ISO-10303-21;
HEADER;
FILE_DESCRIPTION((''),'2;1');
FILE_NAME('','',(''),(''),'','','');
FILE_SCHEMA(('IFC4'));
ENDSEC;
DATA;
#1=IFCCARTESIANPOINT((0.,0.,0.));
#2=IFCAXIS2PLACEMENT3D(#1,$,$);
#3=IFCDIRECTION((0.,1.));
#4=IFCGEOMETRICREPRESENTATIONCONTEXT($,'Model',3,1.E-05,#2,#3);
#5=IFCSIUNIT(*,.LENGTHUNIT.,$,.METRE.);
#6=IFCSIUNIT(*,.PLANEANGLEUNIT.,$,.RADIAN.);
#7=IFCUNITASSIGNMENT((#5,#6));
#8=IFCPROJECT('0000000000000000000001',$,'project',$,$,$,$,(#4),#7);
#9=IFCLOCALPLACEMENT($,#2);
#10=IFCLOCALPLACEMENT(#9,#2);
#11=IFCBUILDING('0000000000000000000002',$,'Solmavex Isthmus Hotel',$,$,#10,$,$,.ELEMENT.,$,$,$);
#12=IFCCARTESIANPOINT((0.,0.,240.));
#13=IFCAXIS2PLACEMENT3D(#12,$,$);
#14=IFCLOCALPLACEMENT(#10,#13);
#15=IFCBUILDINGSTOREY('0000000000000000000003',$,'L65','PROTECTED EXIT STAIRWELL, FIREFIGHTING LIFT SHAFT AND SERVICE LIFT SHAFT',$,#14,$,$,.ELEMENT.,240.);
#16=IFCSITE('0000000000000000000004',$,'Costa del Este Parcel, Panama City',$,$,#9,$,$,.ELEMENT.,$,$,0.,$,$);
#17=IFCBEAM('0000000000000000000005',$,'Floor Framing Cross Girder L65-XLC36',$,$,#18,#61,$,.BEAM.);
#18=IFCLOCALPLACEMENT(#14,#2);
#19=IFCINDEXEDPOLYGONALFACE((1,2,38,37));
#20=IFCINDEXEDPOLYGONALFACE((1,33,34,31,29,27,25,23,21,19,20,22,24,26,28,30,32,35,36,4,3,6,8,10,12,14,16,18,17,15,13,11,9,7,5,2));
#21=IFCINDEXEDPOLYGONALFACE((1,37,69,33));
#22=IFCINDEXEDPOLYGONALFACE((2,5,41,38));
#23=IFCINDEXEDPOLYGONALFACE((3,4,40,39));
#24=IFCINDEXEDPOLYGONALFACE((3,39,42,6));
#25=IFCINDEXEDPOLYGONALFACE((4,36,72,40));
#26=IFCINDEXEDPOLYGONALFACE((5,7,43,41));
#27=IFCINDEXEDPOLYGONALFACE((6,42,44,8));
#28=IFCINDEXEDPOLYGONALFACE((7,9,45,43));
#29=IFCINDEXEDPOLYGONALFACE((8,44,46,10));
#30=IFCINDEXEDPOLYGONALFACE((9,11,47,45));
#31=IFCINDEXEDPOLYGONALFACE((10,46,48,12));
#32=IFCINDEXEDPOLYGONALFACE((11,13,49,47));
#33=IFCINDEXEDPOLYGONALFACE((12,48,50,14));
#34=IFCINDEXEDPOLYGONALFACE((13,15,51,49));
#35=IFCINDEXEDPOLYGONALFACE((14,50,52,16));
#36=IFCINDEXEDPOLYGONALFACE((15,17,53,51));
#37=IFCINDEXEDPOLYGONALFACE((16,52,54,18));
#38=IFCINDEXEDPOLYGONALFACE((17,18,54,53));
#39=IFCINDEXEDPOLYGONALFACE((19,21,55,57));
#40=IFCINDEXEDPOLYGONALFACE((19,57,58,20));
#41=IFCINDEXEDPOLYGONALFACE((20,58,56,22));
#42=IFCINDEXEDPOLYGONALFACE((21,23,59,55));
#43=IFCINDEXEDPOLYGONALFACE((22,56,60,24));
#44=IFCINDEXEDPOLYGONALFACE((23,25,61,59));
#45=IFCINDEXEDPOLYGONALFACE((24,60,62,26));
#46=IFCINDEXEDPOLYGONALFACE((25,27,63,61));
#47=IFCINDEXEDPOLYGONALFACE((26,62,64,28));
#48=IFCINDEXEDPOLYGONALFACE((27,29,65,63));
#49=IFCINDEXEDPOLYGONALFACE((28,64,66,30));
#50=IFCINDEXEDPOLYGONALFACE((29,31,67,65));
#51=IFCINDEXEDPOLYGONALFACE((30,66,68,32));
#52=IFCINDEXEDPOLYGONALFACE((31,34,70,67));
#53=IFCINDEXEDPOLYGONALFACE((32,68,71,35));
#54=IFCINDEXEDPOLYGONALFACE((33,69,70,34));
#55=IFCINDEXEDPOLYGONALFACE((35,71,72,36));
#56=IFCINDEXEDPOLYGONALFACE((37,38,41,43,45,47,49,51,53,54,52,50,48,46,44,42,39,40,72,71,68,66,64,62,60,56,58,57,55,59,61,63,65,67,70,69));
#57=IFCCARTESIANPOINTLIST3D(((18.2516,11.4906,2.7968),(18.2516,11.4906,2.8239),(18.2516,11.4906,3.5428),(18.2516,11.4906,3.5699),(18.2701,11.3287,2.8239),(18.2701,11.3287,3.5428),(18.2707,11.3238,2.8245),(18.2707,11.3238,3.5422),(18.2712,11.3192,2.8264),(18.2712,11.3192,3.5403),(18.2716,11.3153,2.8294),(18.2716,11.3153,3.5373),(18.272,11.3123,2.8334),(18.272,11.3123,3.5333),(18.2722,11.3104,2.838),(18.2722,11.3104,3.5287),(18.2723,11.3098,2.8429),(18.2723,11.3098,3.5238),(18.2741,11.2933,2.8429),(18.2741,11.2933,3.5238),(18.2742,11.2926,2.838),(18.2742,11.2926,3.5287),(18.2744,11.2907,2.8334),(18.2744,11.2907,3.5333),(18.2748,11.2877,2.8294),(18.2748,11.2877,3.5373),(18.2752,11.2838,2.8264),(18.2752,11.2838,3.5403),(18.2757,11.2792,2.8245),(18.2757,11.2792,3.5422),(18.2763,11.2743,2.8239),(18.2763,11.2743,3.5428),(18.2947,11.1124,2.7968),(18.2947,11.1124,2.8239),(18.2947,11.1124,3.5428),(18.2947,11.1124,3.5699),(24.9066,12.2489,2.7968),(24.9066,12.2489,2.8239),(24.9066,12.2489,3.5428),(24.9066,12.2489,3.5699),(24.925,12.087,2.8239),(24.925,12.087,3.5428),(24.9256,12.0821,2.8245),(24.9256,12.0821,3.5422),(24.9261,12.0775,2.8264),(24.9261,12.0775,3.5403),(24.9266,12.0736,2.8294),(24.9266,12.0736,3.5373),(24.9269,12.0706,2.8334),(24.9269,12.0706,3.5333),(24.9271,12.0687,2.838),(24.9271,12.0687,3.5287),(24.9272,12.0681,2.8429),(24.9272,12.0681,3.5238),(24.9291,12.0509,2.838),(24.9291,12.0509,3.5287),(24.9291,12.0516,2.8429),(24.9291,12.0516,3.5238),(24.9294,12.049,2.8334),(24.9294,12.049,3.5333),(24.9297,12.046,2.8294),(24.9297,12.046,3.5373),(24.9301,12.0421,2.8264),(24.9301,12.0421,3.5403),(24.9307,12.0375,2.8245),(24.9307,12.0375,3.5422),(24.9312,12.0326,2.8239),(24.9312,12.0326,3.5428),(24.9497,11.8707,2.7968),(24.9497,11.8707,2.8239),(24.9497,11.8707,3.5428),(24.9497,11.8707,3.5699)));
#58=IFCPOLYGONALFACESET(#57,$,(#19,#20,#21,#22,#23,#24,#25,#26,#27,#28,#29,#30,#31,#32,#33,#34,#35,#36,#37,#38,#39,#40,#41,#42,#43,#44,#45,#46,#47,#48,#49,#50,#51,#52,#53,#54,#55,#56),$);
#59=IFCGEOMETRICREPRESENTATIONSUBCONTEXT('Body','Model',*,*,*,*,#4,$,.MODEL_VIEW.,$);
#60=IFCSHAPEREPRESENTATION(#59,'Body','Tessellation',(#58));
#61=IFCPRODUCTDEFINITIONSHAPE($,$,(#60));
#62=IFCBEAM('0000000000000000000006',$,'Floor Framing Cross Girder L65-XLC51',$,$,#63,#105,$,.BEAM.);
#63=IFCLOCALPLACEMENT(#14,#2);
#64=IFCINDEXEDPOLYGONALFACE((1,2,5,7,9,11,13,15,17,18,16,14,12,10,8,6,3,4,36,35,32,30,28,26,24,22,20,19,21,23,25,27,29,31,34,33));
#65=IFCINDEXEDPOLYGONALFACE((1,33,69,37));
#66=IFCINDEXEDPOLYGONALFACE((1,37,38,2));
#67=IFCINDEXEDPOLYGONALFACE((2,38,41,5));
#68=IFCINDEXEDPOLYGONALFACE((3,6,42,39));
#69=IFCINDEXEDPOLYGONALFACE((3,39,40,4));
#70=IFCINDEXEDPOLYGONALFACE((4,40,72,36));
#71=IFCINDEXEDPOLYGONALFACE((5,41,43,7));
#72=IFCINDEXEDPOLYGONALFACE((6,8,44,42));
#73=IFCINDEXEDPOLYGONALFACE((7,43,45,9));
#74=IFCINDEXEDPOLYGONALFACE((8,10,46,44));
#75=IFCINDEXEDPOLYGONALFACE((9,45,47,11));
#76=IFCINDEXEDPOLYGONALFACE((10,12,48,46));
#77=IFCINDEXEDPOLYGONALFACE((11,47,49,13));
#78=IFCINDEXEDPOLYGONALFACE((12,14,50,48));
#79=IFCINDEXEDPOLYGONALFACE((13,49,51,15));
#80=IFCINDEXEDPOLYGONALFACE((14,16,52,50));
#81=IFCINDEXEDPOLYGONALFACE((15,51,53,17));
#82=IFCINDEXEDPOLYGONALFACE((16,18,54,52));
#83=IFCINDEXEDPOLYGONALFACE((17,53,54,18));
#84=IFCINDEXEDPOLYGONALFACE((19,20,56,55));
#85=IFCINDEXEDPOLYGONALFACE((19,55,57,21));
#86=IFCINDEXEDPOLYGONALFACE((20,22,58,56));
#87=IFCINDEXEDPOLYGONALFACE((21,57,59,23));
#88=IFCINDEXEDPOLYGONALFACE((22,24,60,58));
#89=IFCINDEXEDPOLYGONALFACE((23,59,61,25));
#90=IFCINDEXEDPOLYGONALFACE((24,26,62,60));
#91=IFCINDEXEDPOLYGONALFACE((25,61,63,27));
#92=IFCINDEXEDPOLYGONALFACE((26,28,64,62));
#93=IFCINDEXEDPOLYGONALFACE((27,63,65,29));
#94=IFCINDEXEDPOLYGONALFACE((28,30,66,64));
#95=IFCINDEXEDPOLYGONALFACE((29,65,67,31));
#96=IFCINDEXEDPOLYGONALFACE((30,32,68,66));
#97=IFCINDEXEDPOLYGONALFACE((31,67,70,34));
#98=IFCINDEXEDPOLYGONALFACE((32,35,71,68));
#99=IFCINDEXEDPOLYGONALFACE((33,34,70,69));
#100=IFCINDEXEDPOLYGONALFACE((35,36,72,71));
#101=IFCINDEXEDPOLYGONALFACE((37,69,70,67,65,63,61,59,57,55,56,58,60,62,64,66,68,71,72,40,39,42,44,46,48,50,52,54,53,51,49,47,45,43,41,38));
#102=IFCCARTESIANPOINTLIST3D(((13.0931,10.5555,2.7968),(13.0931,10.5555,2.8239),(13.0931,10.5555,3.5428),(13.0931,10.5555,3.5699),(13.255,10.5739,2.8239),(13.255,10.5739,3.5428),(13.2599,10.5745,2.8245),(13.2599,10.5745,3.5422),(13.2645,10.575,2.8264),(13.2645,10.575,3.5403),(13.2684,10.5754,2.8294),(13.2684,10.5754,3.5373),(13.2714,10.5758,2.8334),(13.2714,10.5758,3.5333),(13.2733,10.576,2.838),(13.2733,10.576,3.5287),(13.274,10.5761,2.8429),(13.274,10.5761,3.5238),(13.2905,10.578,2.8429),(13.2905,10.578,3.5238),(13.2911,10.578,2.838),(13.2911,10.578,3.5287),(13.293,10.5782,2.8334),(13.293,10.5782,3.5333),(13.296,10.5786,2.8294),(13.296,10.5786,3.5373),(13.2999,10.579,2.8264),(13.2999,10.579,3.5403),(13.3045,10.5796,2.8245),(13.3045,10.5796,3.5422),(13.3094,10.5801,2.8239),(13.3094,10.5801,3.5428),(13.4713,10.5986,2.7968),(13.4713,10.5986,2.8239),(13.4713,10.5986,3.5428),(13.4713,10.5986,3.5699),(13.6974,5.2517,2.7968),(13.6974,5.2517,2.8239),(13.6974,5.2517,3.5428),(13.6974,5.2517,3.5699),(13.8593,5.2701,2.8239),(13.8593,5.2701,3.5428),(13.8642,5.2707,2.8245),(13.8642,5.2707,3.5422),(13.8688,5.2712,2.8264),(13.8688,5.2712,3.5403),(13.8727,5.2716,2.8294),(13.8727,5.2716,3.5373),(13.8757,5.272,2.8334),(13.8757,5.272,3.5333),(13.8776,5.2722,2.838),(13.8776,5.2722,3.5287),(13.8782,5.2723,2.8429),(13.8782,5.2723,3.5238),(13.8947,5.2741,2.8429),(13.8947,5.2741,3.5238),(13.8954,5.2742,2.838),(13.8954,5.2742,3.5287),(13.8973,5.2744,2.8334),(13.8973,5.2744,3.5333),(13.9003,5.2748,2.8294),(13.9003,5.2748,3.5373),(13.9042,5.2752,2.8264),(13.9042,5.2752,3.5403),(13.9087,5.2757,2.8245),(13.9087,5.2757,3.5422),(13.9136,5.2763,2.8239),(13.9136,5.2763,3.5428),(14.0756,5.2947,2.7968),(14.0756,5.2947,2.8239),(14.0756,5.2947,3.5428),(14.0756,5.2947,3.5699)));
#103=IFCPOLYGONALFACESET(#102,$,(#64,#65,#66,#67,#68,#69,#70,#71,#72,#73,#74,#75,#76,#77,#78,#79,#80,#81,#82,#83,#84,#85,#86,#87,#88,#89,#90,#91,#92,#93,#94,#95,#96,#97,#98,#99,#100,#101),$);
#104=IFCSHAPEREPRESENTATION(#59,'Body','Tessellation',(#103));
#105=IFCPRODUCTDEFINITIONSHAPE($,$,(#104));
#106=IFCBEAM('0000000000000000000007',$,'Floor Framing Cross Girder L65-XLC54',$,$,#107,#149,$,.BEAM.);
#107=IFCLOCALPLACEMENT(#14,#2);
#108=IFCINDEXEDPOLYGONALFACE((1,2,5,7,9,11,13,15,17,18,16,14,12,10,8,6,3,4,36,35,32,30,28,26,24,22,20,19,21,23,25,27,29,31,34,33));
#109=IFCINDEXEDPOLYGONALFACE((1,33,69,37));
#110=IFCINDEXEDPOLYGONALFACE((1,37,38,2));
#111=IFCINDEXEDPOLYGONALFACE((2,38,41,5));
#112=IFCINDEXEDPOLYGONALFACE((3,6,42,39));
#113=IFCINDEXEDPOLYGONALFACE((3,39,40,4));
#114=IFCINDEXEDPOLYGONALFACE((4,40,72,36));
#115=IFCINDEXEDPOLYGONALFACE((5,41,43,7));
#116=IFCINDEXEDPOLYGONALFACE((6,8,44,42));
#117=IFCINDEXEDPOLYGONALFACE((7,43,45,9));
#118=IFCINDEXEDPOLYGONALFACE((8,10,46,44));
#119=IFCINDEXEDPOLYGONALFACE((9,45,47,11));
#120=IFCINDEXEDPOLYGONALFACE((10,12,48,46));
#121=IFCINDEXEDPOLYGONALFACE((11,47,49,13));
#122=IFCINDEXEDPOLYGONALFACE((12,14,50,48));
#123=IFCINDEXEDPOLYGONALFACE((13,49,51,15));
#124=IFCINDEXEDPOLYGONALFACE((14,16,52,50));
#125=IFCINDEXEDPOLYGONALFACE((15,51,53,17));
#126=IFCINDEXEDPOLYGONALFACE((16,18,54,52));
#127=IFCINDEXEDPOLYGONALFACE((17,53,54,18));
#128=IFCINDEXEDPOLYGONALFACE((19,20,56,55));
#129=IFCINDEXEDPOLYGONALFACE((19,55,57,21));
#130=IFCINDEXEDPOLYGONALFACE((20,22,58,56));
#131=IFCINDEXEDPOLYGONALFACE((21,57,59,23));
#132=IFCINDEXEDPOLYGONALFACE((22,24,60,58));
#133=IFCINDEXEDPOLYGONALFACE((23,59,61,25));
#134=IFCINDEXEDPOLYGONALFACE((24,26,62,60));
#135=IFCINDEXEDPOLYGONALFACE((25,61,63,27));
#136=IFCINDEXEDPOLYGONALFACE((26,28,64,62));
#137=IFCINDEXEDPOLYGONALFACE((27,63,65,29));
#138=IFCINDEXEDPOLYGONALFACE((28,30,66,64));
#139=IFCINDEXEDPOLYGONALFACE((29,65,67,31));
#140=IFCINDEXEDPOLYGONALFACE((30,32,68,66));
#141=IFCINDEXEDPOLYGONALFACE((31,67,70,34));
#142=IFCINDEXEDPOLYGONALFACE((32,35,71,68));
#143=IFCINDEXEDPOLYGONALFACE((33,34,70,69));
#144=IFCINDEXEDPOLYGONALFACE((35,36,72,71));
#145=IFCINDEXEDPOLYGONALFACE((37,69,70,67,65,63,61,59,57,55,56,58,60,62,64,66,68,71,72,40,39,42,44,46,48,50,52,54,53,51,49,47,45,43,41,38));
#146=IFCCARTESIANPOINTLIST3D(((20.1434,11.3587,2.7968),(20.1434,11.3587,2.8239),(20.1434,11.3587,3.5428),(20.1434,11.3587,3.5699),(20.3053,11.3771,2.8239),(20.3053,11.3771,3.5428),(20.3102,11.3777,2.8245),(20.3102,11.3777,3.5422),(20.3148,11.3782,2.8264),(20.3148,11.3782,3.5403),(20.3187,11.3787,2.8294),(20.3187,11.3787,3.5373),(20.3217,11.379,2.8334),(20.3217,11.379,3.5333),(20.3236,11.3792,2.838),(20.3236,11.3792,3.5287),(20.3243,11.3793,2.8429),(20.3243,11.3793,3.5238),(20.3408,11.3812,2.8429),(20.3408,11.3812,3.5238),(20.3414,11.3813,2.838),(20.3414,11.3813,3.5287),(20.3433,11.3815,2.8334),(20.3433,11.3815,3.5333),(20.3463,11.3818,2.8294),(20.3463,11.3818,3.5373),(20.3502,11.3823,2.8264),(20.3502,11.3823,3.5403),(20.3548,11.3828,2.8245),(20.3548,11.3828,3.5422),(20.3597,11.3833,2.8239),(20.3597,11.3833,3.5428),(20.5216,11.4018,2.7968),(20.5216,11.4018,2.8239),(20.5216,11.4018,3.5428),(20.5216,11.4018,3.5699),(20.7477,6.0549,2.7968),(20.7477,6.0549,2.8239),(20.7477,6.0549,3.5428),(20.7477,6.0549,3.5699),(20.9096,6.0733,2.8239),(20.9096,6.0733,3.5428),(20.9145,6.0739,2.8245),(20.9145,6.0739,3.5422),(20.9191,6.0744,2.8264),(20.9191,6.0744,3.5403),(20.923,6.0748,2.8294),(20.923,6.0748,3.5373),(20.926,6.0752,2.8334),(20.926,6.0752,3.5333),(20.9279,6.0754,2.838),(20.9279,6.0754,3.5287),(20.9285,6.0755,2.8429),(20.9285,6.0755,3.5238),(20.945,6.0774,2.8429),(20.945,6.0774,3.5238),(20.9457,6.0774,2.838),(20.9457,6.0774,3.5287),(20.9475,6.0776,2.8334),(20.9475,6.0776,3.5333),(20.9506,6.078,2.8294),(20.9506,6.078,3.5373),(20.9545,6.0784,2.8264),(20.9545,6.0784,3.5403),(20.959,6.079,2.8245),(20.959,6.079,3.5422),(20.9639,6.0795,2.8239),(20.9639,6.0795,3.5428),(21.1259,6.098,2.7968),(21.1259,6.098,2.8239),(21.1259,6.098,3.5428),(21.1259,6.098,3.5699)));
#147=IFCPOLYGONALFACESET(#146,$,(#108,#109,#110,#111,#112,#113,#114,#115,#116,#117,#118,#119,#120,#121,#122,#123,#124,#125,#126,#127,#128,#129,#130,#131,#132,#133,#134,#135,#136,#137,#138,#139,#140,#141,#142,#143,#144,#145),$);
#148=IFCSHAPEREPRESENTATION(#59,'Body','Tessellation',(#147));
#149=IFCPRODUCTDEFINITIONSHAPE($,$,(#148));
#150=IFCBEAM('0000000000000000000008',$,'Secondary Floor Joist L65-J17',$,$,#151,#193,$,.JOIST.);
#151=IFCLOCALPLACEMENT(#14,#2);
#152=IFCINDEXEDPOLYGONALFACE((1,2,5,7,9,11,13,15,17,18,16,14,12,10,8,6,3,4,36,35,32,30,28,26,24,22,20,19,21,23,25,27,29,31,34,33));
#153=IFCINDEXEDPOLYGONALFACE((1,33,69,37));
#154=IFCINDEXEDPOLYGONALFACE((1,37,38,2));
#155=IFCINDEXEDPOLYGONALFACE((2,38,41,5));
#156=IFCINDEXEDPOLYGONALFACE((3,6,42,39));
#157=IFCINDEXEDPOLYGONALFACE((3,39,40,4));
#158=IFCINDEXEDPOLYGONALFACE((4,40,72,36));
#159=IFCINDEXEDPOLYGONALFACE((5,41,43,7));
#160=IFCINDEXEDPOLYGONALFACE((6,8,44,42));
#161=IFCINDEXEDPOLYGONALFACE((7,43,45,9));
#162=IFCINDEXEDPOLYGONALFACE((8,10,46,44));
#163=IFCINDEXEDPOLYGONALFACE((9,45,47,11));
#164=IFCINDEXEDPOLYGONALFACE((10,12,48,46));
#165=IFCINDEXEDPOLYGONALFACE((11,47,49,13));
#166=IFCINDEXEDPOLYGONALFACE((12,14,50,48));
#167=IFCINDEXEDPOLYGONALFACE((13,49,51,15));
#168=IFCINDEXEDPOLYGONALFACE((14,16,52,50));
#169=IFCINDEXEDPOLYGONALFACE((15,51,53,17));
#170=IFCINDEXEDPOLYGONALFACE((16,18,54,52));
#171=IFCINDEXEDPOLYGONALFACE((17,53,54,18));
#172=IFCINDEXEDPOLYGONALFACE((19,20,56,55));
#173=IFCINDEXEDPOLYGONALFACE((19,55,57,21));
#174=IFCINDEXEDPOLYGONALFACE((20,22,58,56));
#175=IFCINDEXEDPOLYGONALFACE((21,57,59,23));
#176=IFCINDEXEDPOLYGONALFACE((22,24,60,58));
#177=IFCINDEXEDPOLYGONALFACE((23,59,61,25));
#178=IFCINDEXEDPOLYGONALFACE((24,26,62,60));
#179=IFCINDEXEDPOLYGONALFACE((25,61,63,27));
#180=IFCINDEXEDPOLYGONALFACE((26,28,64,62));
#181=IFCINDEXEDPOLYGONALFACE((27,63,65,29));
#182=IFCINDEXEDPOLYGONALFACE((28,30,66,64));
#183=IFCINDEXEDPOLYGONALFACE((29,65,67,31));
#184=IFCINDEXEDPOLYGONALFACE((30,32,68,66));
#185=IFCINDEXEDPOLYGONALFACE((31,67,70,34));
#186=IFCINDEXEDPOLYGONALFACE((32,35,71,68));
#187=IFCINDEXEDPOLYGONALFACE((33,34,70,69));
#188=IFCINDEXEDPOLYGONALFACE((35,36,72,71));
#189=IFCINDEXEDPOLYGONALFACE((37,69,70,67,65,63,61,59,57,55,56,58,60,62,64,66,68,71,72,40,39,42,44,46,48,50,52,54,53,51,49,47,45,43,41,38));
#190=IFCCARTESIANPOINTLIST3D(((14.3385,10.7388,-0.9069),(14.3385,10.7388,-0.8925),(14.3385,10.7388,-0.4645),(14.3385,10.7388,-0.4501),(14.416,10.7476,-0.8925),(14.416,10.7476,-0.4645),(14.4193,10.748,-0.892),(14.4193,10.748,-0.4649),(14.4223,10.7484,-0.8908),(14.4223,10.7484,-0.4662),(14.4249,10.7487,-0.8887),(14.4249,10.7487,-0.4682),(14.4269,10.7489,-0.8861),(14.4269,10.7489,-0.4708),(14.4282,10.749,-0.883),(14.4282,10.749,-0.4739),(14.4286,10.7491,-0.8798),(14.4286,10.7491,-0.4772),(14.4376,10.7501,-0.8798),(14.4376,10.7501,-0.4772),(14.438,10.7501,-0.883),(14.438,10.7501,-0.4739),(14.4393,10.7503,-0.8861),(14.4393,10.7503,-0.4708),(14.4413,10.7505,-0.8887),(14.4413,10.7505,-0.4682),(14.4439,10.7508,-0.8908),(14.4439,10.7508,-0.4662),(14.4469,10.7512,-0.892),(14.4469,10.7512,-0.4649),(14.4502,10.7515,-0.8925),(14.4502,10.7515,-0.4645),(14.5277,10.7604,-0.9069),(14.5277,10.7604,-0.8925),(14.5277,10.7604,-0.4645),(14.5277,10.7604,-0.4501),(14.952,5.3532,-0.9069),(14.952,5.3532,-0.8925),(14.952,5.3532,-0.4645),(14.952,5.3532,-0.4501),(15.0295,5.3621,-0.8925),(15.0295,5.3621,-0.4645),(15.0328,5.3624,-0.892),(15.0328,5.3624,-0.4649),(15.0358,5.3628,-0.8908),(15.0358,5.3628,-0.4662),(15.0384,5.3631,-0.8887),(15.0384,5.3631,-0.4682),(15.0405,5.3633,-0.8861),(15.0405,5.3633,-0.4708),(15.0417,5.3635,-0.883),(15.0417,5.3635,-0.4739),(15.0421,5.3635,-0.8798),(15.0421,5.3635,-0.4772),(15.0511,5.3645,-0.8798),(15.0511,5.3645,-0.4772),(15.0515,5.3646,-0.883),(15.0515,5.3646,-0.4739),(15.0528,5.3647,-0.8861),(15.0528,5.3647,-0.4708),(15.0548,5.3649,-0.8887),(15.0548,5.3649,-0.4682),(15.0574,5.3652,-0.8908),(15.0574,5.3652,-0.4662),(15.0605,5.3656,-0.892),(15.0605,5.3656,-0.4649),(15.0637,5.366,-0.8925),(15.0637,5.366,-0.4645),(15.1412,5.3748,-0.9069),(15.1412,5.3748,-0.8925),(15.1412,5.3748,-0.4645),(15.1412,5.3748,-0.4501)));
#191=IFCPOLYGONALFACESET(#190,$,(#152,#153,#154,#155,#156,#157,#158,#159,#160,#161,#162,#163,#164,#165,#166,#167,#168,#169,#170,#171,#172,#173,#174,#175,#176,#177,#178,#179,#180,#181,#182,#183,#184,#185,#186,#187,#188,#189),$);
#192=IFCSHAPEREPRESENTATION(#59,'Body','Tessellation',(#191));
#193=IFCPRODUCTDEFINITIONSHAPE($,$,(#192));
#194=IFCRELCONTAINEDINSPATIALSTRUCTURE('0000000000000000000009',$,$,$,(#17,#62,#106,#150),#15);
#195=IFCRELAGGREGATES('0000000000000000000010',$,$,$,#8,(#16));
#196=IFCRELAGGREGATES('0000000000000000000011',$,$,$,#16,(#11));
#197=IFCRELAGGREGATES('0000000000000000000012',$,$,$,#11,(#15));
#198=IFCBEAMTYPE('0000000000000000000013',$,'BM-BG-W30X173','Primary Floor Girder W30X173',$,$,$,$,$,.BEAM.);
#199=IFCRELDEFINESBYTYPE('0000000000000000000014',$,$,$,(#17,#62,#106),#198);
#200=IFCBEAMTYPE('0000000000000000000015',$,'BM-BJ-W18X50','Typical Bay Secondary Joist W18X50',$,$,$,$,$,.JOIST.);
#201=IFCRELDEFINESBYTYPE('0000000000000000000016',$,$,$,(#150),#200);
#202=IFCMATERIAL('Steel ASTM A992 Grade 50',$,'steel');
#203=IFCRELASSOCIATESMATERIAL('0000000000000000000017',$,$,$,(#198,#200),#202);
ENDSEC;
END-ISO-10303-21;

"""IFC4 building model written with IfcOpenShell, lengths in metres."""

from ifc_helpers import new_model, si_unit, direction, frame, origin, origin_2d, place, context, subcontext, project, spatial, i_section, extrude, material, material_profile, profile_set, type_object, element, save


model = new_model("IFC4")

# Units and contexts
model_context = context("Model", 3, precision=1e-05, world=origin(), true_north=direction((0.0, 1.0)))
body_context = subcontext(model_context, "Body", "Model", "MODEL_VIEW")
ifc_project = project(units=[si_unit("LENGTHUNIT", "METRE"), si_unit("PLANEANGLEUNIT", "RADIAN")], contexts=[model_context])

# Site, building, storey
site_placement = place(None, origin())
site = spatial("IfcSite", under=ifc_project, at=site_placement, Name="Costa del Este Parcel, Panama City", CompositionType="ELEMENT", RefElevation=0.0)
building_placement = place(site_placement, origin())
building = spatial("IfcBuilding", under=site, at=building_placement, Name="Solmavex Isthmus Hotel", CompositionType="ELEMENT")
storey_placement = place(building_placement, frame((0.0, 0.0, 240.0)))
storey = spatial("IfcBuildingStorey", under=building, at=storey_placement, Name="L65", Description="PROTECTED EXIT STAIRWELL, FIREFIGHTING LIFT SHAFT AND SERVICE LIFT SHAFT", CompositionType="ELEMENT", Elevation=240.0)

# Beams
ifc_material_1 = material(Name="Steel ASTM A992 Grade 50", Category="steel")
ifc_material_profile_1 = material_profile(ifc_material_1, i_section(OverallWidth=0.3806, OverallDepth=0.7732, WebThickness=0.0166, FlangeThickness=0.0271, FilletRadius=0.019, at=origin_2d()), Name="W30X173")
ifc_profile_set_1 = profile_set([ifc_material_profile_1], Name="Steel ASTM A992 Grade 50")
beam_type_1 = type_object("IfcBeamType", Name="BM-BG-W30X173", Description="Primary Floor Girder W30X173", PredefinedType="BEAM", material=ifc_profile_set_1)
beam_1_placement = place(storey_placement, frame((18.2732, 11.3015, 3.1833), z_axis=(0.993571, 0.113211, 0.0), x_axis=(-0.113211, 0.993571, 0.0)))
element("IfcBeam", 1, at=beam_1_placement, inside=storey, type_object=beam_type_1, Name="Floor Framing Cross Girder L65-XLC36", PredefinedType="BEAM", context=body_context, shape_type="SweptSolid", body=[
    extrude(i_section(OverallWidth=0.3806, OverallDepth=0.7732, WebThickness=0.0166, FlangeThickness=0.0271, FilletRadius=0.019, at=origin_2d()), origin(), (0.0, 0.0, 1.0), 6.698),
])
for number, where, z_axis, x_axis, name in (
    (2, (13.8865, 5.2732, 3.1833), (-0.113197, 0.993573, 0.0), (-0.993573, -0.113197, 0.0), "Floor Framing Cross Girder L65-XLC51"),
    (3, (20.9368, 6.0764, 3.1833), (-0.113197, 0.993573, 0.0), (-0.993573, -0.113197, 0.0), "Floor Framing Cross Girder L65-XLC54"),
):
    element("IfcBeam", number, at=place(storey_placement, frame(where, z_axis=z_axis, x_axis=x_axis)), inside=storey, type_object=beam_type_1, Name=name, PredefinedType="BEAM", context=body_context, shape_type="SweptSolid", body=[
        extrude(i_section(OverallWidth=0.3806, OverallDepth=0.7732, WebThickness=0.0166, FlangeThickness=0.0271, FilletRadius=0.019, at=origin_2d()), origin(), (0.0, 0.0, 1.0), 5.3381),
    ])
ifc_material_profile_2 = material_profile(ifc_material_1, i_section(OverallWidth=0.1904, OverallDepth=0.4568, WebThickness=0.009, FlangeThickness=0.0144, FilletRadius=0.0127, at=origin_2d()), Name="W18X50")
ifc_profile_set_2 = profile_set([ifc_material_profile_2], Name="Steel ASTM A992 Grade 50")
beam_type_2 = type_object("IfcBeamType", Name="BM-BJ-W18X50", Description="Typical Bay Secondary Joist W18X50", PredefinedType="JOIST", material=ifc_profile_set_2)
beam_2_placement = place(storey_placement, frame((15.0466, 5.364, -0.6785), z_axis=(-0.11319, 0.993573, 0.0), x_axis=(-0.993573, -0.11319, 0.0)))
element("IfcBeam", 4, at=beam_2_placement, inside=storey, type_object=beam_type_2, Name="Secondary Floor Joist L65-J17", PredefinedType="JOIST", context=body_context, shape_type="SweptSolid", body=[
    extrude(i_section(OverallWidth=0.1904, OverallDepth=0.4568, WebThickness=0.009, FlangeThickness=0.0144, FilletRadius=0.0127, at=origin_2d()), origin(), (0.0, 0.0, 1.0), 5.4204),
])

save(model, "model.ifc")
